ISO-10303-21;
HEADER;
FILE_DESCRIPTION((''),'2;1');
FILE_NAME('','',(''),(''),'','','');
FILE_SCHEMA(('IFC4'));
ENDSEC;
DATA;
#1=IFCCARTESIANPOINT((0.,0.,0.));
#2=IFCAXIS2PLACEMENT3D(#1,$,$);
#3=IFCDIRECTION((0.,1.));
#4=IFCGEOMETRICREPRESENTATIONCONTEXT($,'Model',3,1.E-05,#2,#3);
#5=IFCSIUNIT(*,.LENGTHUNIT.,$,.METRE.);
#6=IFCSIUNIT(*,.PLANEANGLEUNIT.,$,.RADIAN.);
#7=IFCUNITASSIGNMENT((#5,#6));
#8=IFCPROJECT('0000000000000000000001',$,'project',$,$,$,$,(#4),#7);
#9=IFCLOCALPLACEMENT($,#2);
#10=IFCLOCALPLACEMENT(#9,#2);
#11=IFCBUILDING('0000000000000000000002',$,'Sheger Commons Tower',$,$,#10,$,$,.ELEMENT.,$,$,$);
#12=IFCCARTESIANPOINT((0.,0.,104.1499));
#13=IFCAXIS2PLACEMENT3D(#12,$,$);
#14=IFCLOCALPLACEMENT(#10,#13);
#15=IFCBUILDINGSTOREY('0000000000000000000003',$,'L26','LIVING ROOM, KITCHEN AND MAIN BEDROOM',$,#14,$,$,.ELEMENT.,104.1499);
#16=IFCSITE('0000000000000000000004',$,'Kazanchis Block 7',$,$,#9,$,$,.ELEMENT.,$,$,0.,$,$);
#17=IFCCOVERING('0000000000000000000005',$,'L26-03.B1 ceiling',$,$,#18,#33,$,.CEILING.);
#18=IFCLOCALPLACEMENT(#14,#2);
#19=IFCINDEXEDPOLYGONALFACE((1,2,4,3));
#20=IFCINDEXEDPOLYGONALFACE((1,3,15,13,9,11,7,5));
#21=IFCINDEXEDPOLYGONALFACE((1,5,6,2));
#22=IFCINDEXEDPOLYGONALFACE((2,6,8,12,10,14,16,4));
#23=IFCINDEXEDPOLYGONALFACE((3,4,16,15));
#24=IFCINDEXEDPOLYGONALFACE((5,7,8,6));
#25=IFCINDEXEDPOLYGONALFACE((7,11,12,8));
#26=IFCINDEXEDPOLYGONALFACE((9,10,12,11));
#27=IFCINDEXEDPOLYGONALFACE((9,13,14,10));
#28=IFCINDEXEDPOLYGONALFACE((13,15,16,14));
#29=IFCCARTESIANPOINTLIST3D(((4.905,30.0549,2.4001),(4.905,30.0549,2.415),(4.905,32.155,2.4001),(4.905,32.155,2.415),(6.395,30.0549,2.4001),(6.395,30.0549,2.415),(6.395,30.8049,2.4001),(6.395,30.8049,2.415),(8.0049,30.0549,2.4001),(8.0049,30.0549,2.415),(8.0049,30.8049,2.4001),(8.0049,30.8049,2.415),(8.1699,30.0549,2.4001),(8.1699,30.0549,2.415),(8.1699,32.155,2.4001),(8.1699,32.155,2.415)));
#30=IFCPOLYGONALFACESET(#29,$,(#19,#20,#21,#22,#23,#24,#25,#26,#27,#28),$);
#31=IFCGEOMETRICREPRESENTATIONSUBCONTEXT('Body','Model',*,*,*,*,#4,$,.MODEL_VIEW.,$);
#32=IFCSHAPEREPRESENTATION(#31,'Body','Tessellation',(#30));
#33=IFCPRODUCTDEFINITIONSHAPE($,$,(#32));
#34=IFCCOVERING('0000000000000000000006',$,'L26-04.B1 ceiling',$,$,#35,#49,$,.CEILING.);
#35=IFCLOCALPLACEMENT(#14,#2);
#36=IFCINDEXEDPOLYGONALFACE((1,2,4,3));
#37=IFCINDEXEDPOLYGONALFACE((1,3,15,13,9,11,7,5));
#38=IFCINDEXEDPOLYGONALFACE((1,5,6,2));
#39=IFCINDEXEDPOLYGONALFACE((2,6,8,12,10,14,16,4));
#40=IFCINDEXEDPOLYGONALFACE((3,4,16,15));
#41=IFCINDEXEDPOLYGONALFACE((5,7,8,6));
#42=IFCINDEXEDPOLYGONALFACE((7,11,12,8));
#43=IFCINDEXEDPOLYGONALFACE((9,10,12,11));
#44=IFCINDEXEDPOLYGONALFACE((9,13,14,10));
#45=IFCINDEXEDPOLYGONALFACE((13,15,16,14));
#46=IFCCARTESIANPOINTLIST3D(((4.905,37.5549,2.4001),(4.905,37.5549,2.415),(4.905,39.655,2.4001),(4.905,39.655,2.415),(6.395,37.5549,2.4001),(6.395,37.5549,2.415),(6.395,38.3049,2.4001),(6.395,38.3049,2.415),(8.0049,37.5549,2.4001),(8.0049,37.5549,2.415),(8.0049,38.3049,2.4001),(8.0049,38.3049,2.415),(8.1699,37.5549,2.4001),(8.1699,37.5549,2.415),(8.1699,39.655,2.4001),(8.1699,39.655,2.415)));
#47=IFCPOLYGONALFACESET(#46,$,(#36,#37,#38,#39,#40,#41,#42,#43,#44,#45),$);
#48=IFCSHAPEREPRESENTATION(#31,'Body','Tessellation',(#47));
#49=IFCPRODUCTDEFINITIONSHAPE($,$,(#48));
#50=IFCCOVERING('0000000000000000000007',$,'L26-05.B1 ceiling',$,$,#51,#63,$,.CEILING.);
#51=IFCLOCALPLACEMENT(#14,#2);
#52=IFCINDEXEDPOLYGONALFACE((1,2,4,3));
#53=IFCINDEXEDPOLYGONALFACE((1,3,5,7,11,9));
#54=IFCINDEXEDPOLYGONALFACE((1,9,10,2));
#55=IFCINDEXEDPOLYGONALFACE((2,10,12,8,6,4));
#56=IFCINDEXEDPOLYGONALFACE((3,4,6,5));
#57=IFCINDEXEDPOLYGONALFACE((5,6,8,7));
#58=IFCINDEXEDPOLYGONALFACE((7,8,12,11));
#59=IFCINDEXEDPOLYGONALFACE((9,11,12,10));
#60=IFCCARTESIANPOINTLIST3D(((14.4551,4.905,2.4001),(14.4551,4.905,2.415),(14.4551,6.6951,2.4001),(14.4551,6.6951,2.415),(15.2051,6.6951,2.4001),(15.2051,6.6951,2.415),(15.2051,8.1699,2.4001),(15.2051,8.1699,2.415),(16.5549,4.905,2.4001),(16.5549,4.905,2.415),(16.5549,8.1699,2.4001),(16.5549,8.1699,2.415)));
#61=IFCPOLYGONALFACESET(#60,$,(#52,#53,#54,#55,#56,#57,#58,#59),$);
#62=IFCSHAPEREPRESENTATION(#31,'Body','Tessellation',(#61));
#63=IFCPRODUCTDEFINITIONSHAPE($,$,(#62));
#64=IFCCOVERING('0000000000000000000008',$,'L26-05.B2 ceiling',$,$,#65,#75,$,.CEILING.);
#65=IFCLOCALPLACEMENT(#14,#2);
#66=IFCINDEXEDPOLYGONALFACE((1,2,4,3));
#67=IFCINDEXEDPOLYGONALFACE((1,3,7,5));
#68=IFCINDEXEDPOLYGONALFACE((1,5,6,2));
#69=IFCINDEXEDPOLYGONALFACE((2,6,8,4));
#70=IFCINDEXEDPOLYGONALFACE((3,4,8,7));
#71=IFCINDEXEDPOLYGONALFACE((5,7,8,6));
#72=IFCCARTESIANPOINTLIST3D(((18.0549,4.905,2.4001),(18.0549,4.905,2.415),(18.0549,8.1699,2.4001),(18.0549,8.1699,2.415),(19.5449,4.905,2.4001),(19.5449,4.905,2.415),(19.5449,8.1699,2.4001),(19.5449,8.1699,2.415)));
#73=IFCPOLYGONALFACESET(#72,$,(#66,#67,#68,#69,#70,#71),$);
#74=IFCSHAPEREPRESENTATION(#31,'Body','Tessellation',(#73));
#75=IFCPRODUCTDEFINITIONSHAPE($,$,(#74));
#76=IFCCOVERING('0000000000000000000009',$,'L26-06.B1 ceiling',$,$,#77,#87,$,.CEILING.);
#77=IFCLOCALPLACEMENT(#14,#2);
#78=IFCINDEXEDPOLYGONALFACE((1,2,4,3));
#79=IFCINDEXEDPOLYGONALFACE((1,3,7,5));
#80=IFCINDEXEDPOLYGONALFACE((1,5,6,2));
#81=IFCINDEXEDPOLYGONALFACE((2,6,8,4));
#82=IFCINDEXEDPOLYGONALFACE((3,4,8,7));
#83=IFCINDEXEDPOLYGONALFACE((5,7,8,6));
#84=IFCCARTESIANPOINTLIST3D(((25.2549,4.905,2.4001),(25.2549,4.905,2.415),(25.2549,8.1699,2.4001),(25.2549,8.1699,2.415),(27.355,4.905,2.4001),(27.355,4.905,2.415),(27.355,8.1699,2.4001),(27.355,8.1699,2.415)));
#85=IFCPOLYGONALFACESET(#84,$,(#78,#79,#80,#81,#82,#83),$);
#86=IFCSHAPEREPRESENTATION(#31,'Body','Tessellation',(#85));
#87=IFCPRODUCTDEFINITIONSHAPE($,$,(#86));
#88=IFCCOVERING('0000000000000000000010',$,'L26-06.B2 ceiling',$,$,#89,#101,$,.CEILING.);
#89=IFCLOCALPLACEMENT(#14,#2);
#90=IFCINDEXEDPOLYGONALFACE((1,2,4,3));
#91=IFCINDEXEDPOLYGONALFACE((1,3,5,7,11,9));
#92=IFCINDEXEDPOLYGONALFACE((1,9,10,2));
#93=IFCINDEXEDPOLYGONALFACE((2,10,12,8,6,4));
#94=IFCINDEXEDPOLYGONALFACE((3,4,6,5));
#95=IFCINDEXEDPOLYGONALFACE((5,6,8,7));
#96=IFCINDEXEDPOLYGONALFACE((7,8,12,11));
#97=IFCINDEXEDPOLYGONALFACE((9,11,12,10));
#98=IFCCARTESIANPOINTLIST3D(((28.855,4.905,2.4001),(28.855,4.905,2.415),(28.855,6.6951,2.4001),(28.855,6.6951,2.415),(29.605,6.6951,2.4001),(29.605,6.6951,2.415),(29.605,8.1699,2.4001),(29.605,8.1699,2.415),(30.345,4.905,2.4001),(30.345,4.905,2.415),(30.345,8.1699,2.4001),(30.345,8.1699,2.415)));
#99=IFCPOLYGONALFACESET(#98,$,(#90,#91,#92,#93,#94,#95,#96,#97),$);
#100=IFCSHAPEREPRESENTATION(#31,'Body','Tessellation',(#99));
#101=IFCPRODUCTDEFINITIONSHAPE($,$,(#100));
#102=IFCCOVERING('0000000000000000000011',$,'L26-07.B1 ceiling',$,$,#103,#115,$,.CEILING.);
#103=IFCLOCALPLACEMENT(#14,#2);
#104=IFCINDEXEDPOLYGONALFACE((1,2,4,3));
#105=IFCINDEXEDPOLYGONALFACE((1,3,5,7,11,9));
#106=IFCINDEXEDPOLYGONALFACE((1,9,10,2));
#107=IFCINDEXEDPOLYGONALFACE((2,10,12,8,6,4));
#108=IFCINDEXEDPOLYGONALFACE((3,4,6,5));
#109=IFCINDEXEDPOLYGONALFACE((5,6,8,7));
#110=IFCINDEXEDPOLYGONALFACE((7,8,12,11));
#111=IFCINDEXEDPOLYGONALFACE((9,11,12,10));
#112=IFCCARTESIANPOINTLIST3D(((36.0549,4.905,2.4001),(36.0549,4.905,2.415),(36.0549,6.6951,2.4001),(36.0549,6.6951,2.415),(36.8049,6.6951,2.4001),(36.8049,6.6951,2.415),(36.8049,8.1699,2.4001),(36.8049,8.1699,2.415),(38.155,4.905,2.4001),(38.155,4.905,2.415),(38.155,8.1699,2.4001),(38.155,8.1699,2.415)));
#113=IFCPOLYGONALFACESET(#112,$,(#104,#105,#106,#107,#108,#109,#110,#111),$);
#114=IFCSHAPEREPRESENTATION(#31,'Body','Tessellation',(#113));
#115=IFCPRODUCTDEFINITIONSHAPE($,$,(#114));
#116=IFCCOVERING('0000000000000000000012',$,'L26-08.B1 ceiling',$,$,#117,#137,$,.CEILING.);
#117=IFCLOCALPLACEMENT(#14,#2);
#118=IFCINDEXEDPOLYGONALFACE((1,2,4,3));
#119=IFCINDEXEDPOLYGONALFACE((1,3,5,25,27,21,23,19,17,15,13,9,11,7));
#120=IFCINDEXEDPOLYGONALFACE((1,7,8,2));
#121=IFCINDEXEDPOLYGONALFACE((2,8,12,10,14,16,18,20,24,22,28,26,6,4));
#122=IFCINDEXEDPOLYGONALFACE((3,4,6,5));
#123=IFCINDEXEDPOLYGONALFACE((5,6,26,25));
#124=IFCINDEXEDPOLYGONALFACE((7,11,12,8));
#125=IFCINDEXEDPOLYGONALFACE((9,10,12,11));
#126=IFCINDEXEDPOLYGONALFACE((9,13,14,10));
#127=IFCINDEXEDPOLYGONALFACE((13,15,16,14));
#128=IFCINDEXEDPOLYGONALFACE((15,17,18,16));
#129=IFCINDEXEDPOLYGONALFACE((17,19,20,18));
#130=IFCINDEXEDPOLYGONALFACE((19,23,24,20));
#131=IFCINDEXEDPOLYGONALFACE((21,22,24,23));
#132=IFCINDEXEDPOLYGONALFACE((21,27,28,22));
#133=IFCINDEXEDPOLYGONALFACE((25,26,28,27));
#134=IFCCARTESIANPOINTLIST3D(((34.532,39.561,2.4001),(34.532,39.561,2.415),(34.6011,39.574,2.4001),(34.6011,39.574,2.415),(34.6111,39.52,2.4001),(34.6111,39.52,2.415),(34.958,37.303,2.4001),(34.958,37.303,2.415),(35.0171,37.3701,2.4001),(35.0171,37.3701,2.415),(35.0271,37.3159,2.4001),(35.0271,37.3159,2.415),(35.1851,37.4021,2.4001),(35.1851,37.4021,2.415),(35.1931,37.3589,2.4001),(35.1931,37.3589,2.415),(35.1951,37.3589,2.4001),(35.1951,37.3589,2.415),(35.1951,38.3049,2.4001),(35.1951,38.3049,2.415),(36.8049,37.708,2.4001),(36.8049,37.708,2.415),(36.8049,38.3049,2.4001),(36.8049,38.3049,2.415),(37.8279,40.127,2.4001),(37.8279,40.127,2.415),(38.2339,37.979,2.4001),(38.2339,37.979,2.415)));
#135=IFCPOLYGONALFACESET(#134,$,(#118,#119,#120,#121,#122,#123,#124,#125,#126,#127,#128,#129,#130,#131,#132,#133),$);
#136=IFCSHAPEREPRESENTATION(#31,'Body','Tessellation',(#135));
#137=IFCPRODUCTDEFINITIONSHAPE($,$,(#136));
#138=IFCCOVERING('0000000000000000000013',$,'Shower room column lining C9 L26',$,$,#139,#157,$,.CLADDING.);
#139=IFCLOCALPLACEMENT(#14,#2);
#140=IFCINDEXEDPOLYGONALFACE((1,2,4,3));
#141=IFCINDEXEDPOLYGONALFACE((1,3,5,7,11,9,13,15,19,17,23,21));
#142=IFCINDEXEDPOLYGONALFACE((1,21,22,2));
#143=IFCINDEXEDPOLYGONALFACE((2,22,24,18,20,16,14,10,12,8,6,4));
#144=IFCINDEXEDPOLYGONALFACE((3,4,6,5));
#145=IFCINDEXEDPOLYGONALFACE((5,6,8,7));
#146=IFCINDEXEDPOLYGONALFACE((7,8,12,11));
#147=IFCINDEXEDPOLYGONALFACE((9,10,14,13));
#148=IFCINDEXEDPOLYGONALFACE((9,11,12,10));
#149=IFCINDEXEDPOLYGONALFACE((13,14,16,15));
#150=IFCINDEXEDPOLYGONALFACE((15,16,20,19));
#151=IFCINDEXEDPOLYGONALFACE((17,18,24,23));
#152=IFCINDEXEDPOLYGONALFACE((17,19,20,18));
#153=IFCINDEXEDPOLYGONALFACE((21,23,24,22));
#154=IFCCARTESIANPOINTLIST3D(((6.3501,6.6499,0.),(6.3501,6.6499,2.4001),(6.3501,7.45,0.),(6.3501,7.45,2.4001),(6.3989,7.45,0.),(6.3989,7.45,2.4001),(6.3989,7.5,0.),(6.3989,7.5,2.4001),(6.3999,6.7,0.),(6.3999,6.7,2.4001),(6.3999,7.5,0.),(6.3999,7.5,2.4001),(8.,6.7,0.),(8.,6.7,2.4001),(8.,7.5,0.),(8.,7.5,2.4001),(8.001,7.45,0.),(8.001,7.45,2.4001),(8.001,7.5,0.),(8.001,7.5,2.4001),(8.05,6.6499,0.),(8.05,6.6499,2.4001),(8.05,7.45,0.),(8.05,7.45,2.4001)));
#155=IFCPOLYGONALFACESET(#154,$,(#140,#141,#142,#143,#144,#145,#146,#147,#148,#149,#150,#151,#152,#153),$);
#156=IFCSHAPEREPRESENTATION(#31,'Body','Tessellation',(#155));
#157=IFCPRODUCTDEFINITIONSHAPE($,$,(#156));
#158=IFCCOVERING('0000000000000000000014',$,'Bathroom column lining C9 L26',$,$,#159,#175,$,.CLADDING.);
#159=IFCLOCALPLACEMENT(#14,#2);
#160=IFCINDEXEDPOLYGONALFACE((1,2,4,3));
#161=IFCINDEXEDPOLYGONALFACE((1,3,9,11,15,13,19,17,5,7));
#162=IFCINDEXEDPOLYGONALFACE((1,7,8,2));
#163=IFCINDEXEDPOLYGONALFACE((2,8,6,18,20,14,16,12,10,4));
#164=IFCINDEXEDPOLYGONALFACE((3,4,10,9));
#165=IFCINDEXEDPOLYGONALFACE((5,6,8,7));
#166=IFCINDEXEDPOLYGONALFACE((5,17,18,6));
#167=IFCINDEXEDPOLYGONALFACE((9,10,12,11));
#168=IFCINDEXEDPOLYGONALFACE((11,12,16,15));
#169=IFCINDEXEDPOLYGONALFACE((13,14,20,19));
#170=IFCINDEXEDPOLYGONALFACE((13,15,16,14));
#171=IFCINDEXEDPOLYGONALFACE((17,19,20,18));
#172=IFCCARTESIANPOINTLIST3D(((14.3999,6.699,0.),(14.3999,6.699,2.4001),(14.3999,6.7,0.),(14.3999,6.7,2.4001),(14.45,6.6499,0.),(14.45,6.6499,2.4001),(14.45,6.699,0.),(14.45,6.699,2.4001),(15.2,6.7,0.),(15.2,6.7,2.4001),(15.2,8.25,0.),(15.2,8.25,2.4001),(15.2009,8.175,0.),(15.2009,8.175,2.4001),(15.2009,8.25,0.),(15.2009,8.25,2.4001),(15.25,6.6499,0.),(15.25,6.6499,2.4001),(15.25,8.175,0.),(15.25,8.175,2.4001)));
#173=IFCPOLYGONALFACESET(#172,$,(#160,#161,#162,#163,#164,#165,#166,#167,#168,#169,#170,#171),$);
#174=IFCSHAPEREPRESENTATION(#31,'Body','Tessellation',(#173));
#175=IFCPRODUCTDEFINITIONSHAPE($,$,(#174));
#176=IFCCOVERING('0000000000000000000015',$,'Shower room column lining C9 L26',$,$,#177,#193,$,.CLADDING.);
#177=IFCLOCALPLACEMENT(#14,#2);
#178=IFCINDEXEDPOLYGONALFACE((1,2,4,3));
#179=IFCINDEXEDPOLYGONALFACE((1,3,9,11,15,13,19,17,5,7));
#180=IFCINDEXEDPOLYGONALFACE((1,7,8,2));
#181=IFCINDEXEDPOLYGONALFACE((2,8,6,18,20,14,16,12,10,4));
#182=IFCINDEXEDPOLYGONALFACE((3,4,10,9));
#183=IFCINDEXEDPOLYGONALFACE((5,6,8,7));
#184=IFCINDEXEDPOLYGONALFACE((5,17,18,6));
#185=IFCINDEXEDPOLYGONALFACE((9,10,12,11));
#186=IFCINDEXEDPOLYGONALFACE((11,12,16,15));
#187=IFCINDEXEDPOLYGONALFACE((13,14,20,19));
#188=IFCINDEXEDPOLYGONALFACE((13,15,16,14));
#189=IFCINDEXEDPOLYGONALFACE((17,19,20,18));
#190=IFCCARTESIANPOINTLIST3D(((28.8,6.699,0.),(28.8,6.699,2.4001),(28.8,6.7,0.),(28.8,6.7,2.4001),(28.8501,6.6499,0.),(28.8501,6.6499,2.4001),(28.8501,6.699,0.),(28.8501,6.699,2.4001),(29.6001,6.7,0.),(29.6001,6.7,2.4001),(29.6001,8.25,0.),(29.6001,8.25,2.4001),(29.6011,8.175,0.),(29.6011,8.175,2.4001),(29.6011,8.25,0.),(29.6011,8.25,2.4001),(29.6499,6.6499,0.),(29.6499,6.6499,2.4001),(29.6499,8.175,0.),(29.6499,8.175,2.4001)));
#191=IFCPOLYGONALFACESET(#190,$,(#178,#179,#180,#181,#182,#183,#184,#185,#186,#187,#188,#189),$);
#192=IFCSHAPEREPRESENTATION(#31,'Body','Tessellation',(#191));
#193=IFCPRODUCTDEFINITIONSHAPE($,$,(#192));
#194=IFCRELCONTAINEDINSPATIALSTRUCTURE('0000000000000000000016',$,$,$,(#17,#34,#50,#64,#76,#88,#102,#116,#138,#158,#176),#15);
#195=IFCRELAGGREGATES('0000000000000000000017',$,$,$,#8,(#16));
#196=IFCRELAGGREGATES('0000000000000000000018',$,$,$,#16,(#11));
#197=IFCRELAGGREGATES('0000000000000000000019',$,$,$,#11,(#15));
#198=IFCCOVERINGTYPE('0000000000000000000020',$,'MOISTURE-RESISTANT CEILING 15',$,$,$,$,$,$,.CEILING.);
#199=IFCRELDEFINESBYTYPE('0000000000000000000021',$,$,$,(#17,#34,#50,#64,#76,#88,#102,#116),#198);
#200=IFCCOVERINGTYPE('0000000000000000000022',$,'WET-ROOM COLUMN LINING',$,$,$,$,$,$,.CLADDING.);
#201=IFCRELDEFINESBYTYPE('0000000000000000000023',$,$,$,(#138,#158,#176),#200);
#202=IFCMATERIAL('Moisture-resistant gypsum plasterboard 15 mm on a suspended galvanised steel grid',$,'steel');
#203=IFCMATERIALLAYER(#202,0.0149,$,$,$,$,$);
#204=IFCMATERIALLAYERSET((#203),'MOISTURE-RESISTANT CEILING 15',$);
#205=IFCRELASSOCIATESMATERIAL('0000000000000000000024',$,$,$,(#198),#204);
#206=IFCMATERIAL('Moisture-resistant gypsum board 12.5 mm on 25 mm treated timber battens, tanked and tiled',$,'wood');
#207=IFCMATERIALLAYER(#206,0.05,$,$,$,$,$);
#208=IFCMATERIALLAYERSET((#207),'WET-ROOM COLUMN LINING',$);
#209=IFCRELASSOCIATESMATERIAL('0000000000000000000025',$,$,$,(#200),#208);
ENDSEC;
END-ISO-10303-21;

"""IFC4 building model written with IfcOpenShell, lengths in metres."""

from ifc_helpers import new_model, si_unit, direction, frame, origin, place, context, subcontext, project, spatial, polyline, outline, extrude, material, layer, layer_set, type_object, element, save


model = new_model("IFC4")

# Units and contexts
model_context = context("Model", 3, precision=1e-05, world=origin(), true_north=direction((0.0, 1.0)))
body_context = subcontext(model_context, "Body", "Model", "MODEL_VIEW")
ifc_project = project(units=[si_unit("LENGTHUNIT", "METRE"), si_unit("PLANEANGLEUNIT", "RADIAN")], contexts=[model_context])

# Site, building, storey
site_placement = place(None, origin())
site = spatial("IfcSite", under=ifc_project, at=site_placement, Name="Kazanchis Block 7", CompositionType="ELEMENT", RefElevation=0.0)
building_placement = place(site_placement, origin())
building = spatial("IfcBuilding", under=site, at=building_placement, Name="Sheger Commons Tower", CompositionType="ELEMENT")
storey_placement = place(building_placement, frame((0.0, 0.0, 104.1499)))
storey = spatial("IfcBuildingStorey", under=building, at=storey_placement, Name="L26", Description="LIVING ROOM, KITCHEN AND MAIN BEDROOM", CompositionType="ELEMENT", Elevation=104.1499)

# Coverings
ifc_material_1 = material(Name="Moisture-resistant gypsum plasterboard 15 mm on a suspended galvanised steel grid", Category="steel")
ifc_layer_1 = layer(ifc_material_1, 0.0149)
ifc_layer_set_1 = layer_set([ifc_layer_1], Name="MOISTURE-RESISTANT CEILING 15")
covering_type_1 = type_object("IfcCoveringType", Name="MOISTURE-RESISTANT CEILING 15", PredefinedType="CEILING", material=ifc_layer_set_1)
covering_1_placement = place(storey_placement, frame((0.0, 0.0, 2.4001)))
element("IfcCovering", 1, at=covering_1_placement, inside=storey, type_object=covering_type_1, Name="L26-03.B1 ceiling", PredefinedType="CEILING", context=body_context, shape_type="SweptSolid", body=[
    extrude(outline(polyline([(4.905, 30.0549), (6.395, 30.0549), (6.395, 30.8049), (8.0049, 30.8049), (8.0049, 30.0549), (8.1699, 30.0549), (8.1699, 32.155), (4.905, 32.155), (4.905, 30.0549)])), origin(), (0.0, 0.0, 1.0), 0.0149),
])
covering_2_placement = place(storey_placement, frame((0.0, 0.0, 2.4001)))
element("IfcCovering", 2, at=covering_2_placement, inside=storey, type_object=covering_type_1, Name="L26-04.B1 ceiling", PredefinedType="CEILING", context=body_context, shape_type="SweptSolid", body=[
    extrude(outline(polyline([(4.905, 37.5549), (6.395, 37.5549), (6.395, 38.3049), (8.0049, 38.3049), (8.0049, 37.5549), (8.1699, 37.5549), (8.1699, 39.655), (4.905, 39.655), (4.905, 37.5549)])), origin(), (0.0, 0.0, 1.0), 0.0149),
])
covering_3_placement = place(storey_placement, frame((0.0, 0.0, 2.4001)))
element("IfcCovering", 3, at=covering_3_placement, inside=storey, type_object=covering_type_1, Name="L26-05.B1 ceiling", PredefinedType="CEILING", context=body_context, shape_type="SweptSolid", body=[
    extrude(outline(polyline([(14.4551, 4.905), (16.5549, 4.905), (16.5549, 8.1699), (15.2051, 8.1699), (15.2051, 6.6951), (14.4551, 6.6951), (14.4551, 4.905)])), origin(), (0.0, 0.0, 1.0), 0.0149),
])
covering_4_placement = place(storey_placement, frame((0.0, 0.0, 2.4001)))
element("IfcCovering", 4, at=covering_4_placement, inside=storey, type_object=covering_type_1, Name="L26-05.B2 ceiling", PredefinedType="CEILING", context=body_context, shape_type="SweptSolid", body=[
    extrude(outline(polyline([(18.0549, 4.905), (19.5449, 4.905), (19.5449, 8.1699), (18.0549, 8.1699), (18.0549, 4.905)])), origin(), (0.0, 0.0, 1.0), 0.0149),
])
covering_5_placement = place(storey_placement, frame((0.0, 0.0, 2.4001)))
element("IfcCovering", 5, at=covering_5_placement, inside=storey, type_object=covering_type_1, Name="L26-06.B1 ceiling", PredefinedType="CEILING", context=body_context, shape_type="SweptSolid", body=[
    extrude(outline(polyline([(25.2549, 4.905), (27.355, 4.905), (27.355, 8.1699), (25.2549, 8.1699), (25.2549, 4.905)])), origin(), (0.0, 0.0, 1.0), 0.0149),
])
covering_6_placement = place(storey_placement, frame((0.0, 0.0, 2.4001)))
element("IfcCovering", 6, at=covering_6_placement, inside=storey, type_object=covering_type_1, Name="L26-06.B2 ceiling", PredefinedType="CEILING", context=body_context, shape_type="SweptSolid", body=[
    extrude(outline(polyline([(28.855, 4.905), (30.345, 4.905), (30.345, 8.1699), (29.605, 8.1699), (29.605, 6.6951), (28.855, 6.6951), (28.855, 4.905)])), origin(), (0.0, 0.0, 1.0), 0.0149),
])
covering_7_placement = place(storey_placement, frame((0.0, 0.0, 2.4001)))
element("IfcCovering", 7, at=covering_7_placement, inside=storey, type_object=covering_type_1, Name="L26-07.B1 ceiling", PredefinedType="CEILING", context=body_context, shape_type="SweptSolid", body=[
    extrude(outline(polyline([(36.0549, 4.905), (38.155, 4.905), (38.155, 8.1699), (36.8049, 8.1699), (36.8049, 6.6951), (36.0549, 6.6951), (36.0549, 4.905)])), origin(), (0.0, 0.0, 1.0), 0.0149),
])
covering_8_placement = place(storey_placement, frame((0.0, 0.0, 2.4001)))
element("IfcCovering", 8, at=covering_8_placement, inside=storey, type_object=covering_type_1, Name="L26-08.B1 ceiling", PredefinedType="CEILING", context=body_context, shape_type="SweptSolid", body=[
    extrude(outline(polyline([(34.958, 37.303), (35.0271, 37.3159), (35.0171, 37.3701), (35.1851, 37.4021), (35.1931, 37.3589), (35.1951, 37.3589), (35.1951, 38.3049), (36.8049, 38.3049), (36.8049, 37.708), (38.2339, 37.979), (37.8279, 40.127), (34.6111, 39.52), (34.6011, 39.574), (34.532, 39.561), (34.958, 37.303)])), origin(), (0.0, 0.0, 1.0), 0.0149),
])
ifc_material_2 = material(Name="Moisture-resistant gypsum board 12.5 mm on 25 mm treated timber battens, tanked and tiled", Category="wood")
ifc_layer_2 = layer(ifc_material_2, 0.05)
ifc_layer_set_2 = layer_set([ifc_layer_2], Name="WET-ROOM COLUMN LINING")
covering_type_2 = type_object("IfcCoveringType", Name="WET-ROOM COLUMN LINING", PredefinedType="CLADDING", material=ifc_layer_set_2)
covering_9_placement = place(storey_placement, origin())
element("IfcCovering", 9, at=covering_9_placement, inside=storey, type_object=covering_type_2, Name="Shower room column lining C9 L26", PredefinedType="CLADDING", context=body_context, shape_type="SweptSolid", body=[
    extrude(outline(polyline([(6.3999, 7.5), (6.3999, 6.7), (8.0, 6.7), (8.0, 7.5), (8.001, 7.5), (8.001, 7.45), (8.05, 7.45), (8.05, 6.6499), (6.3501, 6.6499), (6.3501, 7.45), (6.3989, 7.45), (6.3989, 7.5), (6.3999, 7.5)])), origin(), (0.0, 0.0, 1.0), 2.4001),
])
covering_10_placement = place(storey_placement, origin())
element("IfcCovering", 10, at=covering_10_placement, inside=storey, type_object=covering_type_2, Name="Bathroom column lining C9 L26", PredefinedType="CLADDING", context=body_context, shape_type="SweptSolid", body=[
    extrude(outline(polyline([(14.45, 6.6499), (14.45, 6.699), (14.3999, 6.699), (14.3999, 6.7), (15.2, 6.7), (15.2, 8.25), (15.2009, 8.25), (15.2009, 8.175), (15.25, 8.175), (15.25, 6.6499), (14.45, 6.6499)])), origin(), (0.0, 0.0, 1.0), 2.4001),
])
covering_11_placement = place(storey_placement, origin())
element("IfcCovering", 11, at=covering_11_placement, inside=storey, type_object=covering_type_2, Name="Shower room column lining C9 L26", PredefinedType="CLADDING", context=body_context, shape_type="SweptSolid", body=[
    extrude(outline(polyline([(28.8501, 6.6499), (28.8501, 6.699), (28.8, 6.699), (28.8, 6.7), (29.6001, 6.7), (29.6001, 8.25), (29.6011, 8.25), (29.6011, 8.175), (29.6499, 8.175), (29.6499, 6.6499), (28.8501, 6.6499)])), origin(), (0.0, 0.0, 1.0), 2.4001),
])

save(model, "model.ifc")
